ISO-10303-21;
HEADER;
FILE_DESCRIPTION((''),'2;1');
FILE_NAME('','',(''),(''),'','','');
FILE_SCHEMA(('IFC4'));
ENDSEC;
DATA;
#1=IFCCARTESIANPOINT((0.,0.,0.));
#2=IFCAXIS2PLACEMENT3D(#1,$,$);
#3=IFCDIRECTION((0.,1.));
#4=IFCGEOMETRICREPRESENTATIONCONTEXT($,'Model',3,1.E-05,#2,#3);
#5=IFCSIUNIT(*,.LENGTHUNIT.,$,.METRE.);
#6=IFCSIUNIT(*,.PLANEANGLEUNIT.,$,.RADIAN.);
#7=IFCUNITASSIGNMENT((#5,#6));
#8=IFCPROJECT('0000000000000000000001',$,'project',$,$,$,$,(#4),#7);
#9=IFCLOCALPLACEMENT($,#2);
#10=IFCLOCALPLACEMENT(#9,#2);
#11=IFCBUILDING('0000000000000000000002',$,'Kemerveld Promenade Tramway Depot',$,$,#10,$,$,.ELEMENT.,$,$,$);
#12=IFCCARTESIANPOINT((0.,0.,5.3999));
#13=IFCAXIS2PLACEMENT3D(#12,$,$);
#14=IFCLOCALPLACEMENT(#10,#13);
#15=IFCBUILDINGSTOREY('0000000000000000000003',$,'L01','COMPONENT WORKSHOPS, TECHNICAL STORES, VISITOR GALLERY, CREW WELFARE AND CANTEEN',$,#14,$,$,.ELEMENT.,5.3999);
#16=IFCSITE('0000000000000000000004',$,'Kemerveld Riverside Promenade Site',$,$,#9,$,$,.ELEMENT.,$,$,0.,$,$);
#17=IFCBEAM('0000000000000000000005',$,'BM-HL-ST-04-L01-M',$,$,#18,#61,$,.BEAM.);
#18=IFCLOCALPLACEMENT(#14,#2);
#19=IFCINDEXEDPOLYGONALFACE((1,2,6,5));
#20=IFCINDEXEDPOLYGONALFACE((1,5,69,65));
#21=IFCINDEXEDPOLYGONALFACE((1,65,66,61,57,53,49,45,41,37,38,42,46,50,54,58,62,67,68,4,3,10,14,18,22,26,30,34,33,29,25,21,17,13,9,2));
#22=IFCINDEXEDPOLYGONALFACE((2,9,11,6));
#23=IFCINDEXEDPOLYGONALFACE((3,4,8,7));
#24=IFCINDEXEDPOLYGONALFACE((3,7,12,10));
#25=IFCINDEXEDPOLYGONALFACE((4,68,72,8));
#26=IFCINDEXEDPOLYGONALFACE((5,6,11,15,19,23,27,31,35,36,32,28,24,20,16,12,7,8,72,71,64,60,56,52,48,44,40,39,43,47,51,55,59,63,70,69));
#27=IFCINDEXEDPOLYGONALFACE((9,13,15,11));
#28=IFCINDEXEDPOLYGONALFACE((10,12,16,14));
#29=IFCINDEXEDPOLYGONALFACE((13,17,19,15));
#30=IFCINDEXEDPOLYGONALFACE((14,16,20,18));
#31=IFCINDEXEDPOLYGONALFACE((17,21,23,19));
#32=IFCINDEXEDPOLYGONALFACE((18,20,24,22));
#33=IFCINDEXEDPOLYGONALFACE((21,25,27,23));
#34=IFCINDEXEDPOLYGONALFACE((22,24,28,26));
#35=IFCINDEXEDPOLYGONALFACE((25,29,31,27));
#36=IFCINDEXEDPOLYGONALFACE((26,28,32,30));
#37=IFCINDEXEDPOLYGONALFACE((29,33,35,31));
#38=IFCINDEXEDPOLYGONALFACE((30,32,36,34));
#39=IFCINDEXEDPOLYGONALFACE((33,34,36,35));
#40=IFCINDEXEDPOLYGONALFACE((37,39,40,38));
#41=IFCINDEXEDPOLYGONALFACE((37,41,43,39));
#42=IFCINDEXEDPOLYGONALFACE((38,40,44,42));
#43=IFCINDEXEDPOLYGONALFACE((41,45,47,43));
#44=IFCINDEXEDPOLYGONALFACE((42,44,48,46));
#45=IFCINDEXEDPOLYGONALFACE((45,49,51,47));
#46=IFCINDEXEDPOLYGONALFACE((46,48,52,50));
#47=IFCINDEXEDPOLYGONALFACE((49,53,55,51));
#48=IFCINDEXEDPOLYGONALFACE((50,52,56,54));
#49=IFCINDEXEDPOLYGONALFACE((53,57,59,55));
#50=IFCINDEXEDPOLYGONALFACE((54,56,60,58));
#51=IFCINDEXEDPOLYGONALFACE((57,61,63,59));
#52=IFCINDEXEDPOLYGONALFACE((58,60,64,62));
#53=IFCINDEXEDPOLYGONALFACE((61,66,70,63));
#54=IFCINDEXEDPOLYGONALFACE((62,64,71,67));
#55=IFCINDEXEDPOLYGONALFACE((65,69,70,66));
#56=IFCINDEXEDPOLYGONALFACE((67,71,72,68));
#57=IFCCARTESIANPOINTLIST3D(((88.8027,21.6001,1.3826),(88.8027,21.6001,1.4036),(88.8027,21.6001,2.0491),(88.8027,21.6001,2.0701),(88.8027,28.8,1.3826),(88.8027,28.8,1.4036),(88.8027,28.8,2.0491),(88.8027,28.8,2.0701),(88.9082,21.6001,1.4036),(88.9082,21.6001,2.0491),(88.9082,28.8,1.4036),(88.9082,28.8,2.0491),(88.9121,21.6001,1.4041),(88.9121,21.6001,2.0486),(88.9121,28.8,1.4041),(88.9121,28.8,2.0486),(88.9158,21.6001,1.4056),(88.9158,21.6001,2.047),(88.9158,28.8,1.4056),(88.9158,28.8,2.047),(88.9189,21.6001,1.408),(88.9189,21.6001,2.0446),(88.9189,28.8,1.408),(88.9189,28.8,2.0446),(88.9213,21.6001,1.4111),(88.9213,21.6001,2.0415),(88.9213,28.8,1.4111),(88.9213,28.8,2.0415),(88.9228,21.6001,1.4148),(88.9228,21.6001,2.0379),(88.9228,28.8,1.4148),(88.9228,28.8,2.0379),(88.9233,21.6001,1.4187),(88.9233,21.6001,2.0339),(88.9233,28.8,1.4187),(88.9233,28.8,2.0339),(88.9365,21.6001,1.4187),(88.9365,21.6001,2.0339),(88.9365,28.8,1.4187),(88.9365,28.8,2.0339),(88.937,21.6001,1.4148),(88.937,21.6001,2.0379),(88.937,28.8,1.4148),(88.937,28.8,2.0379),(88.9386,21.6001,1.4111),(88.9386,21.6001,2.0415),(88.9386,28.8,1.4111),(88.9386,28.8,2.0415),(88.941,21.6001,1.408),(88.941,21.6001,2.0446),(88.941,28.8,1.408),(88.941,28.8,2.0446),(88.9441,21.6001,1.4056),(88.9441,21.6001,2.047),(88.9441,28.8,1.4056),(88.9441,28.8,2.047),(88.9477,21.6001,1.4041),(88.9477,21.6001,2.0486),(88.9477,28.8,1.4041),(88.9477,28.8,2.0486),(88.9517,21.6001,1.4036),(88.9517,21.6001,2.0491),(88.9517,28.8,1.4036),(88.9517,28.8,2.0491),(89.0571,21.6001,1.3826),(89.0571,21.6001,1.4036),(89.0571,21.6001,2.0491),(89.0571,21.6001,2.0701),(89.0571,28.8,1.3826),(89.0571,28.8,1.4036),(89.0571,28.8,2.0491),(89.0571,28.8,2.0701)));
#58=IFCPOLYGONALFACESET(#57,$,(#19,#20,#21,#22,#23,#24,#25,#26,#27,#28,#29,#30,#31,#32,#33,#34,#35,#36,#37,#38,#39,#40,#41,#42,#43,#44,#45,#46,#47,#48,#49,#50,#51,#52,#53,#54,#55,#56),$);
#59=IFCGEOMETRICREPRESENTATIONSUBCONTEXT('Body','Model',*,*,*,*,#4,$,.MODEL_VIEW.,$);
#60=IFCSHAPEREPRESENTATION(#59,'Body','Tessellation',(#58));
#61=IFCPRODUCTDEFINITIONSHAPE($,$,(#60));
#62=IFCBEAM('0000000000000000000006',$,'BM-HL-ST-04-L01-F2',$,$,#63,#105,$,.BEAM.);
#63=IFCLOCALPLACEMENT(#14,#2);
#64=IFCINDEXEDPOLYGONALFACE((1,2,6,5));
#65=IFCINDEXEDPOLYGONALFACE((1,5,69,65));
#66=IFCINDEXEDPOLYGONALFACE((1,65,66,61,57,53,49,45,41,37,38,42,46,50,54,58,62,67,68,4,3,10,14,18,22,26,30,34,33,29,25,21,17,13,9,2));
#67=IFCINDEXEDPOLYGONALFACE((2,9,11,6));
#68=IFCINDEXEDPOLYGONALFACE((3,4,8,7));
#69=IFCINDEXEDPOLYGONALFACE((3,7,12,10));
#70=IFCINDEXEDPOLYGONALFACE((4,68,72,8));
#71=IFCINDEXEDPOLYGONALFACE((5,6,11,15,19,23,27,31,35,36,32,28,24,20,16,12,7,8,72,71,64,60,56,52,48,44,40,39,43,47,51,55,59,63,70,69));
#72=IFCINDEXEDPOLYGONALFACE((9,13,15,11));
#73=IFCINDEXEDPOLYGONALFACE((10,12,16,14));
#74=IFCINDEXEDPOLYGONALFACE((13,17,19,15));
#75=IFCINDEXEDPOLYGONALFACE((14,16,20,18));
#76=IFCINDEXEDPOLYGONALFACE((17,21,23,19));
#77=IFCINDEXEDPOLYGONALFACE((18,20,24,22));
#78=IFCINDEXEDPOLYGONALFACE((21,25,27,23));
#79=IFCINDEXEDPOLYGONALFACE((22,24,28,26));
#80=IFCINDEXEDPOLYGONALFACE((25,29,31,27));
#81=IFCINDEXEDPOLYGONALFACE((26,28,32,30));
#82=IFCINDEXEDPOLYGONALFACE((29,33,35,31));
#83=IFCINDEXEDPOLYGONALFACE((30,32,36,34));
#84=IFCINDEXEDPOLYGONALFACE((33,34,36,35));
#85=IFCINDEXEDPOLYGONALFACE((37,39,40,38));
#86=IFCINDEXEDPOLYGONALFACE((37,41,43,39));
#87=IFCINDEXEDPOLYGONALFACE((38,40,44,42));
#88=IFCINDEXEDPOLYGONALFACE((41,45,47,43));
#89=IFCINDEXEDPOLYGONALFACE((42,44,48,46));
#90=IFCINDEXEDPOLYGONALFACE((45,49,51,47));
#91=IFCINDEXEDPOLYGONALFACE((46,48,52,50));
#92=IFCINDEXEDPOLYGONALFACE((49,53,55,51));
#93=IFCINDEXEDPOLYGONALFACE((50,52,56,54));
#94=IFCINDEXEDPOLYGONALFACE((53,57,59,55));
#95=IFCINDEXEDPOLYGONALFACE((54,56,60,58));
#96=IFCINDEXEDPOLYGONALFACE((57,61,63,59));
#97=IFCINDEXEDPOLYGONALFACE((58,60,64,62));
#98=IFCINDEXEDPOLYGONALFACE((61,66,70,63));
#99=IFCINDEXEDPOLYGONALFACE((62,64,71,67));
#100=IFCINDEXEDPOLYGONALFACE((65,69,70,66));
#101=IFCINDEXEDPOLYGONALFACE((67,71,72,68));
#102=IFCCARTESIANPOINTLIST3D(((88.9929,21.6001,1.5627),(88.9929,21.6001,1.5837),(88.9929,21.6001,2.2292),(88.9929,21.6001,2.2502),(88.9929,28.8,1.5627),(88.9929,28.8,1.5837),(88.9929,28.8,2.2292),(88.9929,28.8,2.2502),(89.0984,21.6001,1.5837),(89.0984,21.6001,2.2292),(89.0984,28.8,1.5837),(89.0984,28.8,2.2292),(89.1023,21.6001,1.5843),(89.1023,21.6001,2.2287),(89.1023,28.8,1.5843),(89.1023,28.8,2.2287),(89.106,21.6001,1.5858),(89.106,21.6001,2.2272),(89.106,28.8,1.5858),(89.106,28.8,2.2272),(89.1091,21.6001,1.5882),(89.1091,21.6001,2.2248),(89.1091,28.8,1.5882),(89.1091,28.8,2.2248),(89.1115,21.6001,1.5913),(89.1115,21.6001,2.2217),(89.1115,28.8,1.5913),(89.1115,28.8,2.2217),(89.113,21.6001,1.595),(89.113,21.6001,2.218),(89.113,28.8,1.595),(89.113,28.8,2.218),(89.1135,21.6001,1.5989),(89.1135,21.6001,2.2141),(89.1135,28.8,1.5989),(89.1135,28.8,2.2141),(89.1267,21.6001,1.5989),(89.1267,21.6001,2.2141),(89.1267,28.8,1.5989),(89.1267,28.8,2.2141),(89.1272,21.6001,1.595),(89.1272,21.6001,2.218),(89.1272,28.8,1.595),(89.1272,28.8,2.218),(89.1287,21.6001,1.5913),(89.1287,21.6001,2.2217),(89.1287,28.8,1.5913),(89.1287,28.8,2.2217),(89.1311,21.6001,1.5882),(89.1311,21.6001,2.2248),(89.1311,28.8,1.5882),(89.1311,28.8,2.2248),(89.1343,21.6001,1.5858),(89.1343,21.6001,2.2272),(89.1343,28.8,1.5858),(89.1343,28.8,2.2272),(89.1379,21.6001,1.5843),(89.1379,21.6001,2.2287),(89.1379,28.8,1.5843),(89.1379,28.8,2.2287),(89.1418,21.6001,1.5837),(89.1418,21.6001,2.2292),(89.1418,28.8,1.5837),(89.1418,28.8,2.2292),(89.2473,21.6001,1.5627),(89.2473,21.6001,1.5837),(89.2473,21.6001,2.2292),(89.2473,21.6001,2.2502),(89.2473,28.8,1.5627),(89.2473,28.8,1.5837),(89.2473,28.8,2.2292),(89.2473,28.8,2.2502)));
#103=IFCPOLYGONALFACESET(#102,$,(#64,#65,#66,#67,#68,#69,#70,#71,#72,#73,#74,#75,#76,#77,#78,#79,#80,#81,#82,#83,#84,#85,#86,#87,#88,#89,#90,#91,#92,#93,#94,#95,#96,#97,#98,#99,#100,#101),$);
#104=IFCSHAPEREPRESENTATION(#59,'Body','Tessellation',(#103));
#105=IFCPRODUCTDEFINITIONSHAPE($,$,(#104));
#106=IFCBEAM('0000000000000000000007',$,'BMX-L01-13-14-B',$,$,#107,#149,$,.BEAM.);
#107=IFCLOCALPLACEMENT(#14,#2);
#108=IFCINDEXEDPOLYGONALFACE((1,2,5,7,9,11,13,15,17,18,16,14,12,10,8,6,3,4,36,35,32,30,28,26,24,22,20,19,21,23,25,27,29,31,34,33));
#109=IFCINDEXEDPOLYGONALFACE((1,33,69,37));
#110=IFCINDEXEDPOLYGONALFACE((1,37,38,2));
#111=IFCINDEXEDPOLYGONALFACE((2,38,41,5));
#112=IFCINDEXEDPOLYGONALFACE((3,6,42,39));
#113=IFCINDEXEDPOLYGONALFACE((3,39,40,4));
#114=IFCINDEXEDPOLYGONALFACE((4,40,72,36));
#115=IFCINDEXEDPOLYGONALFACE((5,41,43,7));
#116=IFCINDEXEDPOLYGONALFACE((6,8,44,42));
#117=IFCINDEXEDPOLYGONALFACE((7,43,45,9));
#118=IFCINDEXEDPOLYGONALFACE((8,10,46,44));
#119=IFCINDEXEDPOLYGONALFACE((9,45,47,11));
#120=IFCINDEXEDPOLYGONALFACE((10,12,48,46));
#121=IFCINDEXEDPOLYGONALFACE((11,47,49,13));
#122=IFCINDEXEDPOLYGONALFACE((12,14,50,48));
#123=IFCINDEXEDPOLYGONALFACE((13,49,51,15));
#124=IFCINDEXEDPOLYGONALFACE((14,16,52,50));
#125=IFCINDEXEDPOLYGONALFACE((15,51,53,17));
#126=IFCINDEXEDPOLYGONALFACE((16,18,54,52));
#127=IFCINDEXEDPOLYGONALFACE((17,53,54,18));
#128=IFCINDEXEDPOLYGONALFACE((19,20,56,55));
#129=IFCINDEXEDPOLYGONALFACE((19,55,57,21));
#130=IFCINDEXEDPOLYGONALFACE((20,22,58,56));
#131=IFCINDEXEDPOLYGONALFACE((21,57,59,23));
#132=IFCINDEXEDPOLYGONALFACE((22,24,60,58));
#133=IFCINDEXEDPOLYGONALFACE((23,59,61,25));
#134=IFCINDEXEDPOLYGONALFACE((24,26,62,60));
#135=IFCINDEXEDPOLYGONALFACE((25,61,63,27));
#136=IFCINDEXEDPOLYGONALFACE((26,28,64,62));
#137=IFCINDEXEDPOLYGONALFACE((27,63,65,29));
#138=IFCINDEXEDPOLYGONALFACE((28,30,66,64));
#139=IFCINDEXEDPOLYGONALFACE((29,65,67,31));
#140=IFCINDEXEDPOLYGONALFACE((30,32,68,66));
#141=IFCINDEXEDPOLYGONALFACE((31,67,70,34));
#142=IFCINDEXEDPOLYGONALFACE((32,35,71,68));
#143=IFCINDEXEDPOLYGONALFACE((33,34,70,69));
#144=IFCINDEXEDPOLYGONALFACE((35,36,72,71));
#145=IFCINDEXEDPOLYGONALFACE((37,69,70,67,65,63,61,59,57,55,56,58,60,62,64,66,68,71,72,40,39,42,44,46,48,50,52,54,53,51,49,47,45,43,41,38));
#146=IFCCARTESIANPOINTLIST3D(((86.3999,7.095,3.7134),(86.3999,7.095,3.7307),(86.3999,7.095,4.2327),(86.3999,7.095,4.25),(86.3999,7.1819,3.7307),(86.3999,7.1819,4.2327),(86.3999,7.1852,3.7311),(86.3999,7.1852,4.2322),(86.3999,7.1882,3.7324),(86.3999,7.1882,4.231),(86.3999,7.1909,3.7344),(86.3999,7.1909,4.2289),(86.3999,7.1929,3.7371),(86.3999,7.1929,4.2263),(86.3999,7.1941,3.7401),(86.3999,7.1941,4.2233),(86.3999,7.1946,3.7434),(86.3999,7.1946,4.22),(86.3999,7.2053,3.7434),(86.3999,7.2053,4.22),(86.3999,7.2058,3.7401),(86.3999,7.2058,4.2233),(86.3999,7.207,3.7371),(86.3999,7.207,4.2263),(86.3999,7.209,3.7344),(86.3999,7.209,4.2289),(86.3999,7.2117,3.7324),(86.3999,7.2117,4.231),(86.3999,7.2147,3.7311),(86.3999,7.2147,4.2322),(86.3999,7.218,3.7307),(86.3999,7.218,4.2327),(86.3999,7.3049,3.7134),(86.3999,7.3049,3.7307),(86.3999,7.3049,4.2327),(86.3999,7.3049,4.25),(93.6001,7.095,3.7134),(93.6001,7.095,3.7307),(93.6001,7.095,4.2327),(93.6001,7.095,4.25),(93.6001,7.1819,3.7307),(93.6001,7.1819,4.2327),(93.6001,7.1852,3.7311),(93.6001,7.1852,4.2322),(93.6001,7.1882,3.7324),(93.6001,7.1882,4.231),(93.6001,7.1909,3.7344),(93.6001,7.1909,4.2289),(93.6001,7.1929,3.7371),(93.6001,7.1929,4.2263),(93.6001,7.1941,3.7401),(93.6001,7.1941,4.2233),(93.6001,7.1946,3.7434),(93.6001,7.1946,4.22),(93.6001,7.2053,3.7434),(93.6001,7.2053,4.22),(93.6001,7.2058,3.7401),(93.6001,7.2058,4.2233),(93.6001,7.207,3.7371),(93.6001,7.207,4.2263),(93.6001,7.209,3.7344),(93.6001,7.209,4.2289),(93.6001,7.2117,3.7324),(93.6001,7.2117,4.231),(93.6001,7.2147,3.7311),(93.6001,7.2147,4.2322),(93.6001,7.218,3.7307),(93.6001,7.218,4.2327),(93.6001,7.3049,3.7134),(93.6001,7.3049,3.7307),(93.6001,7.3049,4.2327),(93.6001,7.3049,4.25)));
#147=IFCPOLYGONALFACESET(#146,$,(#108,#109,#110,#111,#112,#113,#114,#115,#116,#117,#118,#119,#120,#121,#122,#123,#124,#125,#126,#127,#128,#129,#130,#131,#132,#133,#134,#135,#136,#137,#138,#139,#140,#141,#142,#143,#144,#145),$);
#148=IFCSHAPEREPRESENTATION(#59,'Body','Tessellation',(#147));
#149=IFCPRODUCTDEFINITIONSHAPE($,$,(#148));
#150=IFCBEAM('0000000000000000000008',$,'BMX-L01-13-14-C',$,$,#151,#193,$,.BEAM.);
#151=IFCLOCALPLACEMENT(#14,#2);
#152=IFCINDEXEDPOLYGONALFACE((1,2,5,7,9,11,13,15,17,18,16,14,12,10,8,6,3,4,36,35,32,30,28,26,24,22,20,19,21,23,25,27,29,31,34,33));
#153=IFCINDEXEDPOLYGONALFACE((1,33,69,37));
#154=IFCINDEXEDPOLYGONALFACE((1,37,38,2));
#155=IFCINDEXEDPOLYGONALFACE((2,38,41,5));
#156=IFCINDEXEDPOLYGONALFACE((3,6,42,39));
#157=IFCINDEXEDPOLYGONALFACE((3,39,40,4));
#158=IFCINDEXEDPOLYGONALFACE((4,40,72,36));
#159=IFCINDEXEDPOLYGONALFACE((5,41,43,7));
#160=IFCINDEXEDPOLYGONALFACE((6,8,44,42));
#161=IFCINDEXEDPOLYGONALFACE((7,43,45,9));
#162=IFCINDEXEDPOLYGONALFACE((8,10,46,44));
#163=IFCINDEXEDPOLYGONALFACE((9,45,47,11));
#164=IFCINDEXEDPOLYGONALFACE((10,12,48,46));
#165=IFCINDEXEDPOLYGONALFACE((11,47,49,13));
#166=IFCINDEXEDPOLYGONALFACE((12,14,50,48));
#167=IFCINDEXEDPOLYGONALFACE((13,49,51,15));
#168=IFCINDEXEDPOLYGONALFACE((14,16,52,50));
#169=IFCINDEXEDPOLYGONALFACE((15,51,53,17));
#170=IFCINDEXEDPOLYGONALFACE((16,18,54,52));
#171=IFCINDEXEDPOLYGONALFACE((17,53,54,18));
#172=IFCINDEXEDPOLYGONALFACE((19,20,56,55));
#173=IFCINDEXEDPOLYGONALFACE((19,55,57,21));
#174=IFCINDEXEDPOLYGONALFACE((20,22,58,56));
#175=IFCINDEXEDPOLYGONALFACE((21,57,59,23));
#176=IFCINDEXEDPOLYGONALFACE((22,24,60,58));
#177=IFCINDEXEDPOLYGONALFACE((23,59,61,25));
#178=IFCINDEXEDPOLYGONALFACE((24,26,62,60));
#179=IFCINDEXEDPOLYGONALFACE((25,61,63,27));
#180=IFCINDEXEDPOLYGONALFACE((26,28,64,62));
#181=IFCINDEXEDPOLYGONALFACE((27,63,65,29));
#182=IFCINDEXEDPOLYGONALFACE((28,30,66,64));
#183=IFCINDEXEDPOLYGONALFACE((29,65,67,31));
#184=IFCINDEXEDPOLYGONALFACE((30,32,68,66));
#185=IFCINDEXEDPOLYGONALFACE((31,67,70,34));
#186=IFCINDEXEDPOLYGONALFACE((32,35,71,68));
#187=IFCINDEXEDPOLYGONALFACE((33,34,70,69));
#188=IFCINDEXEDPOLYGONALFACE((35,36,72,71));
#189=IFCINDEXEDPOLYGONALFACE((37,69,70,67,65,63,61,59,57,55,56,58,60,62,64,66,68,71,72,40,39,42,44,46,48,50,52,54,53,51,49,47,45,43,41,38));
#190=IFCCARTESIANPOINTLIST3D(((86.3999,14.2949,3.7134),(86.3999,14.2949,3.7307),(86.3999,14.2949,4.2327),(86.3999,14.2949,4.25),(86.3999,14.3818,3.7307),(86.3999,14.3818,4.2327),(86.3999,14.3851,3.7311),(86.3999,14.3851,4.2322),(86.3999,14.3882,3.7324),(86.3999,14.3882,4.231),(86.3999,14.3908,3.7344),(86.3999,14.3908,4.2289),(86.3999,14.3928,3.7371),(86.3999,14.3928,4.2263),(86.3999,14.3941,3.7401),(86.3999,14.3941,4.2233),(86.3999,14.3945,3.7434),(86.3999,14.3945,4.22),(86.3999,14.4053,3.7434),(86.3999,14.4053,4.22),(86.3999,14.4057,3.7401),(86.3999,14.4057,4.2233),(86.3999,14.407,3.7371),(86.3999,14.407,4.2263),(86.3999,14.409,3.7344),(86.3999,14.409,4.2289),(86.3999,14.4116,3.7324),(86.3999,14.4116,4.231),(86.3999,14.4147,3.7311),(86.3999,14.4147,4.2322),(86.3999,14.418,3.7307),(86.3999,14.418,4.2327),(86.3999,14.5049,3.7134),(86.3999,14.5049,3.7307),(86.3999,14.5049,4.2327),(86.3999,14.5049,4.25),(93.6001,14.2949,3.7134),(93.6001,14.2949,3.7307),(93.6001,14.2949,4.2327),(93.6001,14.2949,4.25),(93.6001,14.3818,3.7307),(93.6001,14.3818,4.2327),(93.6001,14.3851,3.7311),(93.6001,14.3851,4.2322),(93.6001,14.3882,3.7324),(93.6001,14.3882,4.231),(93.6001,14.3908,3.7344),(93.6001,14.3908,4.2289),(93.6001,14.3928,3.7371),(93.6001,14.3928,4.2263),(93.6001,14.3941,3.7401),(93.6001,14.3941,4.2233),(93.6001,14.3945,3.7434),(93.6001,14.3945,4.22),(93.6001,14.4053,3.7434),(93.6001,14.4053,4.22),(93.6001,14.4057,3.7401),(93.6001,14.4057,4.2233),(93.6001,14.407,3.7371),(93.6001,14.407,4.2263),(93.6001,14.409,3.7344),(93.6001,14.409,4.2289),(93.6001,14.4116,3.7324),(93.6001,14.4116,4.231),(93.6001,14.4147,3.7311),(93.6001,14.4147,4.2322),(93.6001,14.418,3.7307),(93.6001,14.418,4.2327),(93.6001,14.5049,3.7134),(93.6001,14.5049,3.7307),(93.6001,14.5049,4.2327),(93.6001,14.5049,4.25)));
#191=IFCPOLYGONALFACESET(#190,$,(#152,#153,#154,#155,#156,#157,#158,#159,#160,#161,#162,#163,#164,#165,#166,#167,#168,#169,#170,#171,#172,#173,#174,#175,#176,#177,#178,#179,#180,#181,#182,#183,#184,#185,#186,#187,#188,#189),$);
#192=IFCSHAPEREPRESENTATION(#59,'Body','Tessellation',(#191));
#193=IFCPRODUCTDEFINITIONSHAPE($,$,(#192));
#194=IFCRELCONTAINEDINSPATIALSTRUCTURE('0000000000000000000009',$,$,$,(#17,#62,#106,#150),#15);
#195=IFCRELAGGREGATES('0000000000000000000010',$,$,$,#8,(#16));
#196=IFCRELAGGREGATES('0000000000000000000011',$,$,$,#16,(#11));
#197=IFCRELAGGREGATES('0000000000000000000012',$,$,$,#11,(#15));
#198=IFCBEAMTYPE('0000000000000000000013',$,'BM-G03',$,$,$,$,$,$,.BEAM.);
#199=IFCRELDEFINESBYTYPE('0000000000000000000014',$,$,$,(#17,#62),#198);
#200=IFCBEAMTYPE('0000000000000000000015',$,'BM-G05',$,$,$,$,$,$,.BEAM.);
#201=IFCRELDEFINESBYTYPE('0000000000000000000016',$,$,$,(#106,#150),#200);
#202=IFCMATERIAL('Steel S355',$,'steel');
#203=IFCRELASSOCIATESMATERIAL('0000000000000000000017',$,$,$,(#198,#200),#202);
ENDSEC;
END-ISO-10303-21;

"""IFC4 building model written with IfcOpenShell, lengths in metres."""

from ifc_helpers import new_model, si_unit, direction, frame, origin, origin_2d, place, context, subcontext, project, spatial, i_section, extrude, material, material_profile, profile_set, type_object, element, save


model = new_model("IFC4")

# Units and contexts
model_context = context("Model", 3, precision=1e-05, world=origin(), true_north=direction((0.0, 1.0)))
body_context = subcontext(model_context, "Body", "Model", "MODEL_VIEW")
ifc_project = project(units=[si_unit("LENGTHUNIT", "METRE"), si_unit("PLANEANGLEUNIT", "RADIAN")], contexts=[model_context])

# Site, building, storey
site_placement = place(None, origin())
site = spatial("IfcSite", under=ifc_project, at=site_placement, Name="Kemerveld Riverside Promenade Site", CompositionType="ELEMENT", RefElevation=0.0)
building_placement = place(site_placement, origin())
building = spatial("IfcBuilding", under=site, at=building_placement, Name="Kemerveld Promenade Tramway Depot", CompositionType="ELEMENT")
storey_placement = place(building_placement, frame((0.0, 0.0, 5.3999)))
storey = spatial("IfcBuildingStorey", under=building, at=storey_placement, Name="L01", Description="COMPONENT WORKSHOPS, TECHNICAL STORES, VISITOR GALLERY, CREW WELFARE AND CANTEEN", CompositionType="ELEMENT", Elevation=5.3999)

# Shared definitions
ifc_material_1 = material(Name="Steel S355", Category="steel")

# Beams
ifc_material_profile_1 = material_profile(ifc_material_1, i_section(OverallWidth=0.2544, OverallDepth=0.6875, WebThickness=0.0132, FlangeThickness=0.021, FilletRadius=0.0151, at=origin_2d()), Name="686x254x152 UB")
ifc_profile_set_1 = profile_set([ifc_material_profile_1], Name="Steel S355")
beam_type_1 = type_object("IfcBeamType", Name="BM-G03", PredefinedType="BEAM", material=ifc_profile_set_1)
for number, where, z_axis, x_axis, name in (
    (1, (88.9299, 21.6001, 1.7263), (0.0, 1.0, 0.0), (-1.0, 0.0, 0.0), "BM-HL-ST-04-L01-M"),
    (2, (89.1201, 21.6001, 1.9065), (0.0, 1.0, 0.0), (-1.0, 0.0, 0.0), "BM-HL-ST-04-L01-F2"),
):
    element("IfcBeam", number, at=place(storey_placement, frame(where, z_axis=z_axis, x_axis=x_axis)), inside=storey, type_object=beam_type_1, Name=name, PredefinedType="BEAM", context=body_context, shape_type="SweptSolid", body=[
        extrude(i_section(OverallWidth=0.2544, OverallDepth=0.6875, WebThickness=0.0132, FlangeThickness=0.021, FilletRadius=0.0151, at=origin_2d()), origin(), (0.0, 0.0, 1.0), 7.2),
    ])
ifc_material_profile_2 = material_profile(ifc_material_1, i_section(OverallWidth=0.21, OverallDepth=0.5366, WebThickness=0.0107, FlangeThickness=0.0173, FilletRadius=0.0127, at=origin_2d()), Name="533x210x101 UB")
ifc_profile_set_2 = profile_set([ifc_material_profile_2], Name="Steel S355")
beam_type_2 = type_object("IfcBeamType", Name="BM-G05", PredefinedType="BEAM", material=ifc_profile_set_2)
for number, where, z_axis, x_axis, name in (
    (3, (86.3999, 7.2, 3.9817), (1.0, 0.0, 0.0), (0.0, 1.0, 0.0), "BMX-L01-13-14-B"),
    (4, (86.3999, 14.3999, 3.9817), (1.0, 0.0, 0.0), (0.0, 1.0, 0.0), "BMX-L01-13-14-C"),
):
    element("IfcBeam", number, at=place(storey_placement, frame(where, z_axis=z_axis, x_axis=x_axis)), inside=storey, type_object=beam_type_2, Name=name, PredefinedType="BEAM", context=body_context, shape_type="SweptSolid", body=[
        extrude(i_section(OverallWidth=0.21, OverallDepth=0.5366, WebThickness=0.0107, FlangeThickness=0.0173, FilletRadius=0.0127, at=origin_2d()), origin(), (0.0, 0.0, 1.0), 7.2002),
    ])

save(model, "model.ifc")
